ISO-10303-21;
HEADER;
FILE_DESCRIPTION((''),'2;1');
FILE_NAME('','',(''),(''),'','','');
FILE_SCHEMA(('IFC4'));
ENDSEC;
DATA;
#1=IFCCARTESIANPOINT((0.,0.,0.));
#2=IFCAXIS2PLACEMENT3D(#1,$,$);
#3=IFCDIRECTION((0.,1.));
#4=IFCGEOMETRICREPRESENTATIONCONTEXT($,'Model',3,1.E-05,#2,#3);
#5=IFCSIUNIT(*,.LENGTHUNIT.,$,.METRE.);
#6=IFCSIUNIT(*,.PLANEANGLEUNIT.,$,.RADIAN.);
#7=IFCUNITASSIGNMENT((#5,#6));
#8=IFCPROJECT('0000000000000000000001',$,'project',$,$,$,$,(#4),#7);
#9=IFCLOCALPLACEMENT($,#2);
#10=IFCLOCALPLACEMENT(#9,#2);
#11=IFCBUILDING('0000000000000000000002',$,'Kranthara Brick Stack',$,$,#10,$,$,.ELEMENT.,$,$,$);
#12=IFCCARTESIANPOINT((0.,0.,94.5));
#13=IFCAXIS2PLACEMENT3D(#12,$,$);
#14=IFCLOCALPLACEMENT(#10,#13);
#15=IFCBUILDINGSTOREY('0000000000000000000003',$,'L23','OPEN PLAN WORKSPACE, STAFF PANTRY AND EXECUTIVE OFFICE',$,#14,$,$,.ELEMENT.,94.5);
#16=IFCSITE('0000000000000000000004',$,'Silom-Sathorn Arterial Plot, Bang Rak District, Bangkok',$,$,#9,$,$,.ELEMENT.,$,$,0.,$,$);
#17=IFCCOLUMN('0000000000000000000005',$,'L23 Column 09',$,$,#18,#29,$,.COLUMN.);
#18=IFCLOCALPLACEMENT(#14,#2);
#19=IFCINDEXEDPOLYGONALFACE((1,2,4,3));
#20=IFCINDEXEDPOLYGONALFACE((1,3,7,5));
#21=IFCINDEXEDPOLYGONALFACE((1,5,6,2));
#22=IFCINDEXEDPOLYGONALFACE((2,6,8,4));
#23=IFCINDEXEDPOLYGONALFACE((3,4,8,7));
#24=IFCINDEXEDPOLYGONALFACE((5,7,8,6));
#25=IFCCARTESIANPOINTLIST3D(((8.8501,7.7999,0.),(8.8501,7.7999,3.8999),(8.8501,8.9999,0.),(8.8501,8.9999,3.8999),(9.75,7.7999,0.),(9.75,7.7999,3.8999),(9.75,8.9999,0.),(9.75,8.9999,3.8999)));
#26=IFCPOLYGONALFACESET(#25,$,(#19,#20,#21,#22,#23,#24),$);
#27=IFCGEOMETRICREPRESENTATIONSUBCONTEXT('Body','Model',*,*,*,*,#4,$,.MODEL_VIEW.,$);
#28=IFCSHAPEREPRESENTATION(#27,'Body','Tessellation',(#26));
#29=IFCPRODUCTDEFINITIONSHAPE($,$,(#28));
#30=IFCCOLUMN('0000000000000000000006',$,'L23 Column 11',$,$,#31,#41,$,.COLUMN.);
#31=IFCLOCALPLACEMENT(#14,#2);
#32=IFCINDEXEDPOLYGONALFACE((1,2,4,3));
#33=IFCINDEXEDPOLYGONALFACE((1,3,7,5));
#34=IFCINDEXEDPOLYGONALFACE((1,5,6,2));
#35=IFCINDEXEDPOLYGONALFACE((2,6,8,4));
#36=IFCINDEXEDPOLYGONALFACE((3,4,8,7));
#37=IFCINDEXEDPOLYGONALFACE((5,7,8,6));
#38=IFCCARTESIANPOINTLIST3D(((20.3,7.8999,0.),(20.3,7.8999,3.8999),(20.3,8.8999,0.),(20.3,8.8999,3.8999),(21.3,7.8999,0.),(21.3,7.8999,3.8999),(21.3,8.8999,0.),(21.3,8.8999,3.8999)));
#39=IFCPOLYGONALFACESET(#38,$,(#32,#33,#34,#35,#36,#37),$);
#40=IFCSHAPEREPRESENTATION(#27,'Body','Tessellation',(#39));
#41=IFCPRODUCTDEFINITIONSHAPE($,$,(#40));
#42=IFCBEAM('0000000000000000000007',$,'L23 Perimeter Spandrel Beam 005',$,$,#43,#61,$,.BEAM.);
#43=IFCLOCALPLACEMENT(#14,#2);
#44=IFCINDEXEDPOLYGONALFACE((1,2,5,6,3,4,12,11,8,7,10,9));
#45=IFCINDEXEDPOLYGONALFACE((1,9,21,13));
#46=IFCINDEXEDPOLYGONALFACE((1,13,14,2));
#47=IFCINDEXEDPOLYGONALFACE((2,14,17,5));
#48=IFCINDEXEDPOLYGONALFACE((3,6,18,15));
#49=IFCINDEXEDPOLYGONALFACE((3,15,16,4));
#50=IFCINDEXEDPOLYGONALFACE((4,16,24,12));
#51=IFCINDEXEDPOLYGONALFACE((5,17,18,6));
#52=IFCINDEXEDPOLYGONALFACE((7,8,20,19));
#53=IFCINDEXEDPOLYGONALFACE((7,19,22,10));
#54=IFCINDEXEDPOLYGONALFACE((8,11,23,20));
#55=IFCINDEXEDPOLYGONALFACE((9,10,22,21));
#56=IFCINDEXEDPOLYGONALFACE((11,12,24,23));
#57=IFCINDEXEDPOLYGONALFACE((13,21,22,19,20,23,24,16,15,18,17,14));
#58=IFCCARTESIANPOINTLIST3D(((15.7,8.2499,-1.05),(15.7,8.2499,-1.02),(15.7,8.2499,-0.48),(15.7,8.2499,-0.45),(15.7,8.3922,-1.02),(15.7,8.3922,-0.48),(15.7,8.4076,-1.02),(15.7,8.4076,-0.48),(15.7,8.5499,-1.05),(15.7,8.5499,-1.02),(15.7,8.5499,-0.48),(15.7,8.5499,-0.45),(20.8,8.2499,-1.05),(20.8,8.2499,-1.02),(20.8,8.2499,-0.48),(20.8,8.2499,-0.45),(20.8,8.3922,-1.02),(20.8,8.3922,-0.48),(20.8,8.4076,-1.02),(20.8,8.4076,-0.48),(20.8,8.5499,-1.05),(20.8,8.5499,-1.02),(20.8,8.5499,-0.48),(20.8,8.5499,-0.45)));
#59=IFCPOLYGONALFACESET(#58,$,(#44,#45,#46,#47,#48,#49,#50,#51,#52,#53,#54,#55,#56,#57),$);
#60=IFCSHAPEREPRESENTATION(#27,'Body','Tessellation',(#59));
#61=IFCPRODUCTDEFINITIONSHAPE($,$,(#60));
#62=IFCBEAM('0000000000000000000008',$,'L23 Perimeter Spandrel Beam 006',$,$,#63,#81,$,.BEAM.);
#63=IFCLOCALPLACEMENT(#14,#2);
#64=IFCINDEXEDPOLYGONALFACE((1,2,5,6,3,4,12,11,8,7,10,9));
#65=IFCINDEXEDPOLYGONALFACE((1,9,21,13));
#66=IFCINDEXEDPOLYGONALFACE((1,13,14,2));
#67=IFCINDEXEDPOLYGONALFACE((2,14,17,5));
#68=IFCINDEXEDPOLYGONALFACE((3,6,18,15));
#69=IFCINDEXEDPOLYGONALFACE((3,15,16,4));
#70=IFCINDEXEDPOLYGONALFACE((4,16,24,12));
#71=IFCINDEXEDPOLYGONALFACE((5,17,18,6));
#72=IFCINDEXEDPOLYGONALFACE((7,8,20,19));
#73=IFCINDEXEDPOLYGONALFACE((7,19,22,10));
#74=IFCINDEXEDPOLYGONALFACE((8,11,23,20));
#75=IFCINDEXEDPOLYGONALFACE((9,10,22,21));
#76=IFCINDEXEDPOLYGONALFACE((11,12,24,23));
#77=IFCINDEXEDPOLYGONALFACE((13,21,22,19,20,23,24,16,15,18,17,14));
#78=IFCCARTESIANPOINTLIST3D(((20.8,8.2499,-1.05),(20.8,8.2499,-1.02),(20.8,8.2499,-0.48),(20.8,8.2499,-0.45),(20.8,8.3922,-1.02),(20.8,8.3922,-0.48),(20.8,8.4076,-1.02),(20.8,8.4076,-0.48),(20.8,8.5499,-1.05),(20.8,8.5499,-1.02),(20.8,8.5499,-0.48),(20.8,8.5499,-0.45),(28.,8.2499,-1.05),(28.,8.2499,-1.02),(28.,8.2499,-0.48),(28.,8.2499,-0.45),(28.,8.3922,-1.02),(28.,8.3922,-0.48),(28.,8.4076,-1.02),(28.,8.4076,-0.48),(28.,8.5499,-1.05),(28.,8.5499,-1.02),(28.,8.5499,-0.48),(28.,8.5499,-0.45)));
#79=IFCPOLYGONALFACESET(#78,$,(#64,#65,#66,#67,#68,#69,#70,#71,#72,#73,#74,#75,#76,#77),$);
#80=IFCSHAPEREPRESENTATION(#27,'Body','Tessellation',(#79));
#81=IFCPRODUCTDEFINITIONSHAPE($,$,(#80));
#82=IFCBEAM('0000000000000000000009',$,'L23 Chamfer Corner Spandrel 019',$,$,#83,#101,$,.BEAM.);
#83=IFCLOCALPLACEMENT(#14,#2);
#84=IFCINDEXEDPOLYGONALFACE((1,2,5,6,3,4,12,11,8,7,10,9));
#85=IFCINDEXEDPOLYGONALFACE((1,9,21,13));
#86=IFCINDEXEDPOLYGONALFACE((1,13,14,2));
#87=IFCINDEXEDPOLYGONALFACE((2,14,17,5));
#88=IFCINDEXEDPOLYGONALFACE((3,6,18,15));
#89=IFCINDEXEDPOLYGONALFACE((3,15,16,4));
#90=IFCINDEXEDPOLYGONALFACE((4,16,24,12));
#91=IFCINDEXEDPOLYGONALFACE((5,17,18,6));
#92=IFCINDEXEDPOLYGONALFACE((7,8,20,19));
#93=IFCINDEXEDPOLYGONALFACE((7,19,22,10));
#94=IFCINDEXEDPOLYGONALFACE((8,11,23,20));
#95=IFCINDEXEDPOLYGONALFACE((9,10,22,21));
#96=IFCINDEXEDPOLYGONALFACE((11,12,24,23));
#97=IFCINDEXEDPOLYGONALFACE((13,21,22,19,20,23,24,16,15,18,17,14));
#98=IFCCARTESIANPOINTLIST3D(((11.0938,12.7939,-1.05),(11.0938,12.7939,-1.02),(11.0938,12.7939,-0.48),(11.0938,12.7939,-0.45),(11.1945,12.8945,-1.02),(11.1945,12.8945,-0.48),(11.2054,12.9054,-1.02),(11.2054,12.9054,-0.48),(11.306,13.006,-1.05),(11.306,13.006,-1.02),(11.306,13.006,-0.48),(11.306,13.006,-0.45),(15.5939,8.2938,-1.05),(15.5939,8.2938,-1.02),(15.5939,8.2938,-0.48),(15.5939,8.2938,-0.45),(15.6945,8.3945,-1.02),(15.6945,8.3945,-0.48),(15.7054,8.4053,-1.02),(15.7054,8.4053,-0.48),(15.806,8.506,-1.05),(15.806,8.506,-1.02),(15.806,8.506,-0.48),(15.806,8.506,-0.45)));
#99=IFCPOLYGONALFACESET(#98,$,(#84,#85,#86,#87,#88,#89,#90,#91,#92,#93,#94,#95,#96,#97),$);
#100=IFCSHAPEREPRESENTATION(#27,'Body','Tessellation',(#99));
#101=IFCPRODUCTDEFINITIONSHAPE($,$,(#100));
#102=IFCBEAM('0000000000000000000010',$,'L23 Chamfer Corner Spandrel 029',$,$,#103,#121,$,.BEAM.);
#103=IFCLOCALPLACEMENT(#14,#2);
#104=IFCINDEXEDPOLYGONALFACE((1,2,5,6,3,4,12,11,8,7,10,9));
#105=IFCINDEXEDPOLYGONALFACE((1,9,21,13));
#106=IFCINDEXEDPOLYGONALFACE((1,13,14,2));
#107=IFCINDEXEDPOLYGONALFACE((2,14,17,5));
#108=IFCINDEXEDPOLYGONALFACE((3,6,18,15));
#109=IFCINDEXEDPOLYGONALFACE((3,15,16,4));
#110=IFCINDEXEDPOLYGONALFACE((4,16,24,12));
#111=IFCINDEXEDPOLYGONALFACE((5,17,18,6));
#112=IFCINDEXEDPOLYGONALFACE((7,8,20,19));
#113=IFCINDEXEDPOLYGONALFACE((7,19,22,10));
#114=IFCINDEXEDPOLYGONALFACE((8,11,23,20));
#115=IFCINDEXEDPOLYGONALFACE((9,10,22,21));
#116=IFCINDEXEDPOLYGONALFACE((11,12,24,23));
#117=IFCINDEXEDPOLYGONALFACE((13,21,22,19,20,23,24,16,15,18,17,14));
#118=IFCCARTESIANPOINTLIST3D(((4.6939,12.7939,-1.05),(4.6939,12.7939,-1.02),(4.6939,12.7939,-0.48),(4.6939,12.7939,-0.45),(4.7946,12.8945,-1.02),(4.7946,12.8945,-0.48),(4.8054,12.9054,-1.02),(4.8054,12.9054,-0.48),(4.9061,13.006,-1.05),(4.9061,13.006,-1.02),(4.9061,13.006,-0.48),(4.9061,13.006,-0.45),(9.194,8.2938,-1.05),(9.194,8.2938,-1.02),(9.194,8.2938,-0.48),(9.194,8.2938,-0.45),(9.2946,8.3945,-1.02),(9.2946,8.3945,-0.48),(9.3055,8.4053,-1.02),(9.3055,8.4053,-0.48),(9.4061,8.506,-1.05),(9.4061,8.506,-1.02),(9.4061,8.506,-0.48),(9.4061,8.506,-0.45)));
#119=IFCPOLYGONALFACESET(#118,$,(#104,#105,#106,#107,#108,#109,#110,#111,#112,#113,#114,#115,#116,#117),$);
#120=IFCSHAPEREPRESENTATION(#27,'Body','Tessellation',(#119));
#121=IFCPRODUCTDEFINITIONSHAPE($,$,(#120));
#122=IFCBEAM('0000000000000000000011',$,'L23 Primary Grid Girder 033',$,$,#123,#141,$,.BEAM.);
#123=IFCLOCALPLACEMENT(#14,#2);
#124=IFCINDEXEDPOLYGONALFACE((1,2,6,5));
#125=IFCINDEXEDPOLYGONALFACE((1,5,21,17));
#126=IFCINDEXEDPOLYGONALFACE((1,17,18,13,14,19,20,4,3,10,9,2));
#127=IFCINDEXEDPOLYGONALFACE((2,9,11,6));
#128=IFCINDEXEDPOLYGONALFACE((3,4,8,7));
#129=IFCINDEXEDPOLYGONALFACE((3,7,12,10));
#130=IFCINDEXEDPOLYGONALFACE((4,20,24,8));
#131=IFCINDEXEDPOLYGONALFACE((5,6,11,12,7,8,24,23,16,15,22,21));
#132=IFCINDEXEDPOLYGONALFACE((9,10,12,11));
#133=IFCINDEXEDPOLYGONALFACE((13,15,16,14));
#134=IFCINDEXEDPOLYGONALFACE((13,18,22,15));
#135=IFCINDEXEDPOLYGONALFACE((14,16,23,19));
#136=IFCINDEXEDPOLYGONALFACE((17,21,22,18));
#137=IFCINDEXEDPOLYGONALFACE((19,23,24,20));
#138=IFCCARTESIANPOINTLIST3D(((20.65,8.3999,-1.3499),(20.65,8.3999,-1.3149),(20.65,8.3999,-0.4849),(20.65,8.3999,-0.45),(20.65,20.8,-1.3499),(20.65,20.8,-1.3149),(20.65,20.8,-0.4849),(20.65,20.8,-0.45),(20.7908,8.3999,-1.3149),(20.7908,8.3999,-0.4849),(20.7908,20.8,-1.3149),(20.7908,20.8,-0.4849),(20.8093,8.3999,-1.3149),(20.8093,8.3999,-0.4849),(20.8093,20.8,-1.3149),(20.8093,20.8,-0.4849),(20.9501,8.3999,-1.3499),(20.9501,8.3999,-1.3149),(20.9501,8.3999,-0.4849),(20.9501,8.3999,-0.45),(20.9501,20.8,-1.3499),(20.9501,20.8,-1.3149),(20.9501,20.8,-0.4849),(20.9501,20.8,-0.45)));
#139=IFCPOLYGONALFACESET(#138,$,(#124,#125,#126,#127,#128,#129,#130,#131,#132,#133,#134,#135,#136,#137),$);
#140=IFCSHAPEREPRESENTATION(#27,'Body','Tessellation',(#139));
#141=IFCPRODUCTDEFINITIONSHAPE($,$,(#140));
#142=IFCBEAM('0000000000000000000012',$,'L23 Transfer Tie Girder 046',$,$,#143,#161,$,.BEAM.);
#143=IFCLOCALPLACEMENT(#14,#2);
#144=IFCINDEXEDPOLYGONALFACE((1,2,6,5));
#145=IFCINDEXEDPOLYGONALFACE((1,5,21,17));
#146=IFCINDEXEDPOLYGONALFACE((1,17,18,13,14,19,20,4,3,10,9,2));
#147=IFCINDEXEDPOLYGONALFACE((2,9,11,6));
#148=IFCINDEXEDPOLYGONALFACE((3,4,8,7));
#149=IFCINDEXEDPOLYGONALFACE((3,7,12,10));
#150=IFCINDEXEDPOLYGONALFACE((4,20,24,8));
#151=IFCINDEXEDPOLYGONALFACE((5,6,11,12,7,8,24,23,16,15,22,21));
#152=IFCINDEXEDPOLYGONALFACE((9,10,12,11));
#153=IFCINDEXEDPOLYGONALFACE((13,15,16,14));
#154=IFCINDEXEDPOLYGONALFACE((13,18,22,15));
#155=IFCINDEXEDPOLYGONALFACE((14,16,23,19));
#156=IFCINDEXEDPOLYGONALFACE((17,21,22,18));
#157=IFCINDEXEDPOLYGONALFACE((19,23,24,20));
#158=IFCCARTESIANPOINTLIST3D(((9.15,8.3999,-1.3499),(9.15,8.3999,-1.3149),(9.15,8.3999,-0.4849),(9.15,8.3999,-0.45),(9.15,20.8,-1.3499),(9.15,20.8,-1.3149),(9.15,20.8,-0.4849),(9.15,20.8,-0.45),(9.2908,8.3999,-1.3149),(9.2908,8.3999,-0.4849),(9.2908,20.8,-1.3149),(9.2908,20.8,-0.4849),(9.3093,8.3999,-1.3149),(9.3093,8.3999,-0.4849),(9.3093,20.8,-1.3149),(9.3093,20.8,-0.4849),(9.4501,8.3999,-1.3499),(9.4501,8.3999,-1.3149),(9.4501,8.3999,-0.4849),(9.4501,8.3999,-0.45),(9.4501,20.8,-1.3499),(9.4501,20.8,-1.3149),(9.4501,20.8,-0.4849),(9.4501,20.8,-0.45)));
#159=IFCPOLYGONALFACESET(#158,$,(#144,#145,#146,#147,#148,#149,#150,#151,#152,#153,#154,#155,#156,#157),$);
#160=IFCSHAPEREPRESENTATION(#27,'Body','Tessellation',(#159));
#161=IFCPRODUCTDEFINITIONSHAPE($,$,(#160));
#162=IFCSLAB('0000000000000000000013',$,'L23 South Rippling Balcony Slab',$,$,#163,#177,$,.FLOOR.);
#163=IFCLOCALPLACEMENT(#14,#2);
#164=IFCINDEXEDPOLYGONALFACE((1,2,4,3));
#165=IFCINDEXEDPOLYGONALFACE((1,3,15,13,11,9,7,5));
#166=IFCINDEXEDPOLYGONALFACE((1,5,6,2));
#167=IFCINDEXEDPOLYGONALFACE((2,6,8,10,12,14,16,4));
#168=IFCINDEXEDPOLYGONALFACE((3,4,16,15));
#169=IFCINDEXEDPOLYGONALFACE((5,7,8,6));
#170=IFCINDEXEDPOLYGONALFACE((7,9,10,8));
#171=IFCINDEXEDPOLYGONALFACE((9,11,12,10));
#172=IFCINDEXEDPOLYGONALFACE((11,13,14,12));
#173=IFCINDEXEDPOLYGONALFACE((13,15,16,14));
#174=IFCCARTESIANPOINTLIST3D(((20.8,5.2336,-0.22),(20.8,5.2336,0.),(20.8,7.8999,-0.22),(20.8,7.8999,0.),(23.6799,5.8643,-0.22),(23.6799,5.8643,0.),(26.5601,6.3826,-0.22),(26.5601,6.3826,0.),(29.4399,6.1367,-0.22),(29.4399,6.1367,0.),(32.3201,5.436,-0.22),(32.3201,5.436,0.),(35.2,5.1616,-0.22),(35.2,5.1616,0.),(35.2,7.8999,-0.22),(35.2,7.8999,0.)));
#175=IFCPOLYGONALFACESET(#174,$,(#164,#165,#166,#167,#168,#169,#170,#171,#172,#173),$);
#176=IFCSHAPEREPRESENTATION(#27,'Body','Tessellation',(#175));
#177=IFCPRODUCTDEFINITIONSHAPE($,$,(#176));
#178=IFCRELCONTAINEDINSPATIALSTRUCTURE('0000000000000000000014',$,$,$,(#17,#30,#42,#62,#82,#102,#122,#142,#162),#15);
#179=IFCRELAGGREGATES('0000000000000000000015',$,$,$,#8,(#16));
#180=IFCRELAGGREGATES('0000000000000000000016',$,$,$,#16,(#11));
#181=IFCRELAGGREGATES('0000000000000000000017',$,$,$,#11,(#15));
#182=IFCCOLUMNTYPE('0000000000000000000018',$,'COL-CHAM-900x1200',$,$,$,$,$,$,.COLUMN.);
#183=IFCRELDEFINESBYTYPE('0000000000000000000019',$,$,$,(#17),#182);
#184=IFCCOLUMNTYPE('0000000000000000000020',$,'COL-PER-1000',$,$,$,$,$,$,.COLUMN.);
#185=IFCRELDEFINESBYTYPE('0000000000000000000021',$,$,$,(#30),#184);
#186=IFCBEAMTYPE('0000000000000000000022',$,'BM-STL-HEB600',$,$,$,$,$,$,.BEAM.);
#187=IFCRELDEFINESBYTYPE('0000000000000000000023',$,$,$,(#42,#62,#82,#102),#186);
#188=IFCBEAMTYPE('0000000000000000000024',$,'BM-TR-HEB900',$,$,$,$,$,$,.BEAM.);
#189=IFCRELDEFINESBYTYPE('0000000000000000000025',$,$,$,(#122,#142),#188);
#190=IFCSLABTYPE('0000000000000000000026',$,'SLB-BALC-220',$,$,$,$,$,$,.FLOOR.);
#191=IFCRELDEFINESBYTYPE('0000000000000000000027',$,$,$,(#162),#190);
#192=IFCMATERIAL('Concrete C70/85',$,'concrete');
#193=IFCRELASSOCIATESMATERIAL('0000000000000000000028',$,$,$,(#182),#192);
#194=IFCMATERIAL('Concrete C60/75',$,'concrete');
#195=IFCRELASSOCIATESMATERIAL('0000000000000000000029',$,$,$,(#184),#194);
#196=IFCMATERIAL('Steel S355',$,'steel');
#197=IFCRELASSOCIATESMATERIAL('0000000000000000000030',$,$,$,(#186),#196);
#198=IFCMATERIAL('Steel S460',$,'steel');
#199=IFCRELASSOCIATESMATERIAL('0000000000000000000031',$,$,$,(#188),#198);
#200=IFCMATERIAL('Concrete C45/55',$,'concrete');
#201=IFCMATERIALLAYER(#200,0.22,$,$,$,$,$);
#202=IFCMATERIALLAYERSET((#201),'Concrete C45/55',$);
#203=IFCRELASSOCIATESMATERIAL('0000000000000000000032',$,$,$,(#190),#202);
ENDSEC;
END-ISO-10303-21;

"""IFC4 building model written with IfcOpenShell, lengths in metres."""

from ifc_helpers import new_model, si_unit, direction, frame, origin, origin_2d, place, context, subcontext, project, spatial, polyline, rectangle, i_section, outline, extrude, material, layer, layer_set, material_profile, profile_set, type_object, element, save


model = new_model("IFC4")

# Units and contexts
model_context = context("Model", 3, precision=1e-05, world=origin(), true_north=direction((0.0, 1.0)))
body_context = subcontext(model_context, "Body", "Model", "MODEL_VIEW")
ifc_project = project(units=[si_unit("LENGTHUNIT", "METRE"), si_unit("PLANEANGLEUNIT", "RADIAN")], contexts=[model_context])

# Site, building, storey
site_placement = place(None, origin())
site = spatial("IfcSite", under=ifc_project, at=site_placement, Name="Silom-Sathorn Arterial Plot, Bang Rak District, Bangkok", CompositionType="ELEMENT", RefElevation=0.0)
building_placement = place(site_placement, origin())
building = spatial("IfcBuilding", under=site, at=building_placement, Name="Kranthara Brick Stack", CompositionType="ELEMENT")
storey_placement = place(building_placement, frame((0.0, 0.0, 94.5)))
storey = spatial("IfcBuildingStorey", under=building, at=storey_placement, Name="L23", Description="OPEN PLAN WORKSPACE, STAFF PANTRY AND EXECUTIVE OFFICE", CompositionType="ELEMENT", Elevation=94.5)

# Columns
ifc_material_1 = material(Name="Concrete C70/85", Category="concrete")
ifc_material_profile_1 = material_profile(ifc_material_1, rectangle(XDim=0.8999, YDim=1.2, at=origin_2d()), Name="RC 900x1200")
ifc_profile_set_1 = profile_set([ifc_material_profile_1], Name="Concrete C70/85")
column_type_1 = type_object("IfcColumnType", Name="COL-CHAM-900x1200", PredefinedType="COLUMN", material=ifc_profile_set_1)
column_1_placement = place(storey_placement, frame((9.3, 8.3999, 0.0), z_axis=(0.0, 0.0, 1.0), x_axis=(1.0, 0.0, 0.0)))
element("IfcColumn", 1, at=column_1_placement, inside=storey, type_object=column_type_1, Name="L23 Column 09", PredefinedType="COLUMN", context=body_context, shape_type="SweptSolid", body=[
    extrude(rectangle(XDim=0.8999, YDim=1.2, at=origin_2d()), origin(), (0.0, 0.0, 1.0), 3.8999),
])
ifc_material_2 = material(Name="Concrete C60/75", Category="concrete")
ifc_material_profile_2 = material_profile(ifc_material_2, rectangle(XDim=1.0, YDim=1.0, at=origin_2d()), Name="RC 1000x1000")
ifc_profile_set_2 = profile_set([ifc_material_profile_2], Name="Concrete C60/75")
column_type_2 = type_object("IfcColumnType", Name="COL-PER-1000", PredefinedType="COLUMN", material=ifc_profile_set_2)
column_2_placement = place(storey_placement, frame((20.8, 8.3999, 0.0), z_axis=(0.0, 0.0, 1.0), x_axis=(1.0, 0.0, 0.0)))
element("IfcColumn", 2, at=column_2_placement, inside=storey, type_object=column_type_2, Name="L23 Column 11", PredefinedType="COLUMN", context=body_context, shape_type="SweptSolid", body=[
    extrude(rectangle(XDim=1.0, YDim=1.0, at=origin_2d()), origin(), (0.0, 0.0, 1.0), 3.8999),
])

# Beams
ifc_material_3 = material(Name="Steel S355", Category="steel")
ifc_material_profile_3 = material_profile(ifc_material_3, i_section(OverallWidth=0.3, OverallDepth=0.6001, WebThickness=0.0154, FlangeThickness=0.03, at=origin_2d()), Name="HEB 600")
ifc_profile_set_3 = profile_set([ifc_material_profile_3], Name="Steel S355")
beam_type_1 = type_object("IfcBeamType", Name="BM-STL-HEB600", PredefinedType="BEAM", material=ifc_profile_set_3)
beam_1_placement = place(storey_placement, frame((15.7, 8.3999, -0.75), z_axis=(1.0, 0.0, 0.0), x_axis=(0.0, 1.0, 0.0)))
element("IfcBeam", 3, at=beam_1_placement, inside=storey, type_object=beam_type_1, Name="L23 Perimeter Spandrel Beam 005", PredefinedType="BEAM", context=body_context, shape_type="SweptSolid", body=[
    extrude(i_section(OverallWidth=0.3, OverallDepth=0.6001, WebThickness=0.0154, FlangeThickness=0.03, at=origin_2d()), origin(), (0.0, 0.0, 1.0), 5.1001),
])
beam_2_placement = place(storey_placement, frame((20.8, 8.3999, -0.75), z_axis=(1.0, 0.0, 0.0), x_axis=(0.0, 1.0, 0.0)))
element("IfcBeam", 4, at=beam_2_placement, inside=storey, type_object=beam_type_1, Name="L23 Perimeter Spandrel Beam 006", PredefinedType="BEAM", context=body_context, shape_type="SweptSolid", body=[
    extrude(i_section(OverallWidth=0.3, OverallDepth=0.6001, WebThickness=0.0154, FlangeThickness=0.03, at=origin_2d()), origin(), (0.0, 0.0, 1.0), 7.2),
])
for number, where, z_axis, x_axis, name in (
    (5, (15.7, 8.3999, -0.75), (-0.707107, 0.707107, 0.0), (-0.707107, -0.707107, 0.0), "L23 Chamfer Corner Spandrel 019"),
    (6, (9.3, 8.3999, -0.75), (-0.707107, 0.707107, 0.0), (-0.707107, -0.707107, 0.0), "L23 Chamfer Corner Spandrel 029"),
):
    element("IfcBeam", number, at=place(storey_placement, frame(where, z_axis=z_axis, x_axis=x_axis)), inside=storey, type_object=beam_type_1, Name=name, PredefinedType="BEAM", context=body_context, shape_type="SweptSolid", body=[
        extrude(i_section(OverallWidth=0.3, OverallDepth=0.6001, WebThickness=0.0154, FlangeThickness=0.03, at=origin_2d()), origin(), (0.0, 0.0, 1.0), 6.364),
    ])
ifc_material_4 = material(Name="Steel S460", Category="steel")
ifc_material_profile_4 = material_profile(ifc_material_4, i_section(OverallWidth=0.3, OverallDepth=0.8999, WebThickness=0.0186, FlangeThickness=0.0349, at=origin_2d()), Name="HEB 900")
ifc_profile_set_4 = profile_set([ifc_material_profile_4], Name="Steel S460")
beam_type_2 = type_object("IfcBeamType", Name="BM-TR-HEB900", PredefinedType="BEAM", material=ifc_profile_set_4)
for number, where, z_axis, x_axis, name in (
    (7, (20.8, 8.3999, -0.8999), (0.0, 1.0, 0.0), (-1.0, 0.0, 0.0), "L23 Primary Grid Girder 033"),
    (8, (9.3, 8.3999, -0.8999), (0.0, 1.0, 0.0), (-1.0, 0.0, 0.0), "L23 Transfer Tie Girder 046"),
):
    element("IfcBeam", number, at=place(storey_placement, frame(where, z_axis=z_axis, x_axis=x_axis)), inside=storey, type_object=beam_type_2, Name=name, PredefinedType="BEAM", context=body_context, shape_type="SweptSolid", body=[
        extrude(i_section(OverallWidth=0.3, OverallDepth=0.8999, WebThickness=0.0186, FlangeThickness=0.0349, at=origin_2d()), origin(), (0.0, 0.0, 1.0), 12.4001),
    ])

# Slab
ifc_material_5 = material(Name="Concrete C45/55", Category="concrete")
ifc_layer_1 = layer(ifc_material_5, 0.22)
ifc_layer_set_1 = layer_set([ifc_layer_1], Name="Concrete C45/55")
slab_type_1 = type_object("IfcSlabType", Name="SLB-BALC-220", PredefinedType="FLOOR", material=ifc_layer_set_1)
slab_1_placement = place(storey_placement, frame((0.0, 0.0, -0.22)))
element("IfcSlab", 9, at=slab_1_placement, inside=storey, type_object=slab_type_1, Name="L23 South Rippling Balcony Slab", PredefinedType="FLOOR", context=body_context, shape_type="SweptSolid", body=[
    extrude(outline(polyline([(20.8, 7.8999), (35.2, 7.8999), (35.2, 5.1616), (32.3201, 5.436), (29.4399, 6.1367), (26.5601, 6.3826), (23.6799, 5.8643), (20.8, 5.2336), (20.8, 7.8999)])), origin(), (0.0, 0.0, 1.0), 0.22),
])

save(model, "model.ifc")
